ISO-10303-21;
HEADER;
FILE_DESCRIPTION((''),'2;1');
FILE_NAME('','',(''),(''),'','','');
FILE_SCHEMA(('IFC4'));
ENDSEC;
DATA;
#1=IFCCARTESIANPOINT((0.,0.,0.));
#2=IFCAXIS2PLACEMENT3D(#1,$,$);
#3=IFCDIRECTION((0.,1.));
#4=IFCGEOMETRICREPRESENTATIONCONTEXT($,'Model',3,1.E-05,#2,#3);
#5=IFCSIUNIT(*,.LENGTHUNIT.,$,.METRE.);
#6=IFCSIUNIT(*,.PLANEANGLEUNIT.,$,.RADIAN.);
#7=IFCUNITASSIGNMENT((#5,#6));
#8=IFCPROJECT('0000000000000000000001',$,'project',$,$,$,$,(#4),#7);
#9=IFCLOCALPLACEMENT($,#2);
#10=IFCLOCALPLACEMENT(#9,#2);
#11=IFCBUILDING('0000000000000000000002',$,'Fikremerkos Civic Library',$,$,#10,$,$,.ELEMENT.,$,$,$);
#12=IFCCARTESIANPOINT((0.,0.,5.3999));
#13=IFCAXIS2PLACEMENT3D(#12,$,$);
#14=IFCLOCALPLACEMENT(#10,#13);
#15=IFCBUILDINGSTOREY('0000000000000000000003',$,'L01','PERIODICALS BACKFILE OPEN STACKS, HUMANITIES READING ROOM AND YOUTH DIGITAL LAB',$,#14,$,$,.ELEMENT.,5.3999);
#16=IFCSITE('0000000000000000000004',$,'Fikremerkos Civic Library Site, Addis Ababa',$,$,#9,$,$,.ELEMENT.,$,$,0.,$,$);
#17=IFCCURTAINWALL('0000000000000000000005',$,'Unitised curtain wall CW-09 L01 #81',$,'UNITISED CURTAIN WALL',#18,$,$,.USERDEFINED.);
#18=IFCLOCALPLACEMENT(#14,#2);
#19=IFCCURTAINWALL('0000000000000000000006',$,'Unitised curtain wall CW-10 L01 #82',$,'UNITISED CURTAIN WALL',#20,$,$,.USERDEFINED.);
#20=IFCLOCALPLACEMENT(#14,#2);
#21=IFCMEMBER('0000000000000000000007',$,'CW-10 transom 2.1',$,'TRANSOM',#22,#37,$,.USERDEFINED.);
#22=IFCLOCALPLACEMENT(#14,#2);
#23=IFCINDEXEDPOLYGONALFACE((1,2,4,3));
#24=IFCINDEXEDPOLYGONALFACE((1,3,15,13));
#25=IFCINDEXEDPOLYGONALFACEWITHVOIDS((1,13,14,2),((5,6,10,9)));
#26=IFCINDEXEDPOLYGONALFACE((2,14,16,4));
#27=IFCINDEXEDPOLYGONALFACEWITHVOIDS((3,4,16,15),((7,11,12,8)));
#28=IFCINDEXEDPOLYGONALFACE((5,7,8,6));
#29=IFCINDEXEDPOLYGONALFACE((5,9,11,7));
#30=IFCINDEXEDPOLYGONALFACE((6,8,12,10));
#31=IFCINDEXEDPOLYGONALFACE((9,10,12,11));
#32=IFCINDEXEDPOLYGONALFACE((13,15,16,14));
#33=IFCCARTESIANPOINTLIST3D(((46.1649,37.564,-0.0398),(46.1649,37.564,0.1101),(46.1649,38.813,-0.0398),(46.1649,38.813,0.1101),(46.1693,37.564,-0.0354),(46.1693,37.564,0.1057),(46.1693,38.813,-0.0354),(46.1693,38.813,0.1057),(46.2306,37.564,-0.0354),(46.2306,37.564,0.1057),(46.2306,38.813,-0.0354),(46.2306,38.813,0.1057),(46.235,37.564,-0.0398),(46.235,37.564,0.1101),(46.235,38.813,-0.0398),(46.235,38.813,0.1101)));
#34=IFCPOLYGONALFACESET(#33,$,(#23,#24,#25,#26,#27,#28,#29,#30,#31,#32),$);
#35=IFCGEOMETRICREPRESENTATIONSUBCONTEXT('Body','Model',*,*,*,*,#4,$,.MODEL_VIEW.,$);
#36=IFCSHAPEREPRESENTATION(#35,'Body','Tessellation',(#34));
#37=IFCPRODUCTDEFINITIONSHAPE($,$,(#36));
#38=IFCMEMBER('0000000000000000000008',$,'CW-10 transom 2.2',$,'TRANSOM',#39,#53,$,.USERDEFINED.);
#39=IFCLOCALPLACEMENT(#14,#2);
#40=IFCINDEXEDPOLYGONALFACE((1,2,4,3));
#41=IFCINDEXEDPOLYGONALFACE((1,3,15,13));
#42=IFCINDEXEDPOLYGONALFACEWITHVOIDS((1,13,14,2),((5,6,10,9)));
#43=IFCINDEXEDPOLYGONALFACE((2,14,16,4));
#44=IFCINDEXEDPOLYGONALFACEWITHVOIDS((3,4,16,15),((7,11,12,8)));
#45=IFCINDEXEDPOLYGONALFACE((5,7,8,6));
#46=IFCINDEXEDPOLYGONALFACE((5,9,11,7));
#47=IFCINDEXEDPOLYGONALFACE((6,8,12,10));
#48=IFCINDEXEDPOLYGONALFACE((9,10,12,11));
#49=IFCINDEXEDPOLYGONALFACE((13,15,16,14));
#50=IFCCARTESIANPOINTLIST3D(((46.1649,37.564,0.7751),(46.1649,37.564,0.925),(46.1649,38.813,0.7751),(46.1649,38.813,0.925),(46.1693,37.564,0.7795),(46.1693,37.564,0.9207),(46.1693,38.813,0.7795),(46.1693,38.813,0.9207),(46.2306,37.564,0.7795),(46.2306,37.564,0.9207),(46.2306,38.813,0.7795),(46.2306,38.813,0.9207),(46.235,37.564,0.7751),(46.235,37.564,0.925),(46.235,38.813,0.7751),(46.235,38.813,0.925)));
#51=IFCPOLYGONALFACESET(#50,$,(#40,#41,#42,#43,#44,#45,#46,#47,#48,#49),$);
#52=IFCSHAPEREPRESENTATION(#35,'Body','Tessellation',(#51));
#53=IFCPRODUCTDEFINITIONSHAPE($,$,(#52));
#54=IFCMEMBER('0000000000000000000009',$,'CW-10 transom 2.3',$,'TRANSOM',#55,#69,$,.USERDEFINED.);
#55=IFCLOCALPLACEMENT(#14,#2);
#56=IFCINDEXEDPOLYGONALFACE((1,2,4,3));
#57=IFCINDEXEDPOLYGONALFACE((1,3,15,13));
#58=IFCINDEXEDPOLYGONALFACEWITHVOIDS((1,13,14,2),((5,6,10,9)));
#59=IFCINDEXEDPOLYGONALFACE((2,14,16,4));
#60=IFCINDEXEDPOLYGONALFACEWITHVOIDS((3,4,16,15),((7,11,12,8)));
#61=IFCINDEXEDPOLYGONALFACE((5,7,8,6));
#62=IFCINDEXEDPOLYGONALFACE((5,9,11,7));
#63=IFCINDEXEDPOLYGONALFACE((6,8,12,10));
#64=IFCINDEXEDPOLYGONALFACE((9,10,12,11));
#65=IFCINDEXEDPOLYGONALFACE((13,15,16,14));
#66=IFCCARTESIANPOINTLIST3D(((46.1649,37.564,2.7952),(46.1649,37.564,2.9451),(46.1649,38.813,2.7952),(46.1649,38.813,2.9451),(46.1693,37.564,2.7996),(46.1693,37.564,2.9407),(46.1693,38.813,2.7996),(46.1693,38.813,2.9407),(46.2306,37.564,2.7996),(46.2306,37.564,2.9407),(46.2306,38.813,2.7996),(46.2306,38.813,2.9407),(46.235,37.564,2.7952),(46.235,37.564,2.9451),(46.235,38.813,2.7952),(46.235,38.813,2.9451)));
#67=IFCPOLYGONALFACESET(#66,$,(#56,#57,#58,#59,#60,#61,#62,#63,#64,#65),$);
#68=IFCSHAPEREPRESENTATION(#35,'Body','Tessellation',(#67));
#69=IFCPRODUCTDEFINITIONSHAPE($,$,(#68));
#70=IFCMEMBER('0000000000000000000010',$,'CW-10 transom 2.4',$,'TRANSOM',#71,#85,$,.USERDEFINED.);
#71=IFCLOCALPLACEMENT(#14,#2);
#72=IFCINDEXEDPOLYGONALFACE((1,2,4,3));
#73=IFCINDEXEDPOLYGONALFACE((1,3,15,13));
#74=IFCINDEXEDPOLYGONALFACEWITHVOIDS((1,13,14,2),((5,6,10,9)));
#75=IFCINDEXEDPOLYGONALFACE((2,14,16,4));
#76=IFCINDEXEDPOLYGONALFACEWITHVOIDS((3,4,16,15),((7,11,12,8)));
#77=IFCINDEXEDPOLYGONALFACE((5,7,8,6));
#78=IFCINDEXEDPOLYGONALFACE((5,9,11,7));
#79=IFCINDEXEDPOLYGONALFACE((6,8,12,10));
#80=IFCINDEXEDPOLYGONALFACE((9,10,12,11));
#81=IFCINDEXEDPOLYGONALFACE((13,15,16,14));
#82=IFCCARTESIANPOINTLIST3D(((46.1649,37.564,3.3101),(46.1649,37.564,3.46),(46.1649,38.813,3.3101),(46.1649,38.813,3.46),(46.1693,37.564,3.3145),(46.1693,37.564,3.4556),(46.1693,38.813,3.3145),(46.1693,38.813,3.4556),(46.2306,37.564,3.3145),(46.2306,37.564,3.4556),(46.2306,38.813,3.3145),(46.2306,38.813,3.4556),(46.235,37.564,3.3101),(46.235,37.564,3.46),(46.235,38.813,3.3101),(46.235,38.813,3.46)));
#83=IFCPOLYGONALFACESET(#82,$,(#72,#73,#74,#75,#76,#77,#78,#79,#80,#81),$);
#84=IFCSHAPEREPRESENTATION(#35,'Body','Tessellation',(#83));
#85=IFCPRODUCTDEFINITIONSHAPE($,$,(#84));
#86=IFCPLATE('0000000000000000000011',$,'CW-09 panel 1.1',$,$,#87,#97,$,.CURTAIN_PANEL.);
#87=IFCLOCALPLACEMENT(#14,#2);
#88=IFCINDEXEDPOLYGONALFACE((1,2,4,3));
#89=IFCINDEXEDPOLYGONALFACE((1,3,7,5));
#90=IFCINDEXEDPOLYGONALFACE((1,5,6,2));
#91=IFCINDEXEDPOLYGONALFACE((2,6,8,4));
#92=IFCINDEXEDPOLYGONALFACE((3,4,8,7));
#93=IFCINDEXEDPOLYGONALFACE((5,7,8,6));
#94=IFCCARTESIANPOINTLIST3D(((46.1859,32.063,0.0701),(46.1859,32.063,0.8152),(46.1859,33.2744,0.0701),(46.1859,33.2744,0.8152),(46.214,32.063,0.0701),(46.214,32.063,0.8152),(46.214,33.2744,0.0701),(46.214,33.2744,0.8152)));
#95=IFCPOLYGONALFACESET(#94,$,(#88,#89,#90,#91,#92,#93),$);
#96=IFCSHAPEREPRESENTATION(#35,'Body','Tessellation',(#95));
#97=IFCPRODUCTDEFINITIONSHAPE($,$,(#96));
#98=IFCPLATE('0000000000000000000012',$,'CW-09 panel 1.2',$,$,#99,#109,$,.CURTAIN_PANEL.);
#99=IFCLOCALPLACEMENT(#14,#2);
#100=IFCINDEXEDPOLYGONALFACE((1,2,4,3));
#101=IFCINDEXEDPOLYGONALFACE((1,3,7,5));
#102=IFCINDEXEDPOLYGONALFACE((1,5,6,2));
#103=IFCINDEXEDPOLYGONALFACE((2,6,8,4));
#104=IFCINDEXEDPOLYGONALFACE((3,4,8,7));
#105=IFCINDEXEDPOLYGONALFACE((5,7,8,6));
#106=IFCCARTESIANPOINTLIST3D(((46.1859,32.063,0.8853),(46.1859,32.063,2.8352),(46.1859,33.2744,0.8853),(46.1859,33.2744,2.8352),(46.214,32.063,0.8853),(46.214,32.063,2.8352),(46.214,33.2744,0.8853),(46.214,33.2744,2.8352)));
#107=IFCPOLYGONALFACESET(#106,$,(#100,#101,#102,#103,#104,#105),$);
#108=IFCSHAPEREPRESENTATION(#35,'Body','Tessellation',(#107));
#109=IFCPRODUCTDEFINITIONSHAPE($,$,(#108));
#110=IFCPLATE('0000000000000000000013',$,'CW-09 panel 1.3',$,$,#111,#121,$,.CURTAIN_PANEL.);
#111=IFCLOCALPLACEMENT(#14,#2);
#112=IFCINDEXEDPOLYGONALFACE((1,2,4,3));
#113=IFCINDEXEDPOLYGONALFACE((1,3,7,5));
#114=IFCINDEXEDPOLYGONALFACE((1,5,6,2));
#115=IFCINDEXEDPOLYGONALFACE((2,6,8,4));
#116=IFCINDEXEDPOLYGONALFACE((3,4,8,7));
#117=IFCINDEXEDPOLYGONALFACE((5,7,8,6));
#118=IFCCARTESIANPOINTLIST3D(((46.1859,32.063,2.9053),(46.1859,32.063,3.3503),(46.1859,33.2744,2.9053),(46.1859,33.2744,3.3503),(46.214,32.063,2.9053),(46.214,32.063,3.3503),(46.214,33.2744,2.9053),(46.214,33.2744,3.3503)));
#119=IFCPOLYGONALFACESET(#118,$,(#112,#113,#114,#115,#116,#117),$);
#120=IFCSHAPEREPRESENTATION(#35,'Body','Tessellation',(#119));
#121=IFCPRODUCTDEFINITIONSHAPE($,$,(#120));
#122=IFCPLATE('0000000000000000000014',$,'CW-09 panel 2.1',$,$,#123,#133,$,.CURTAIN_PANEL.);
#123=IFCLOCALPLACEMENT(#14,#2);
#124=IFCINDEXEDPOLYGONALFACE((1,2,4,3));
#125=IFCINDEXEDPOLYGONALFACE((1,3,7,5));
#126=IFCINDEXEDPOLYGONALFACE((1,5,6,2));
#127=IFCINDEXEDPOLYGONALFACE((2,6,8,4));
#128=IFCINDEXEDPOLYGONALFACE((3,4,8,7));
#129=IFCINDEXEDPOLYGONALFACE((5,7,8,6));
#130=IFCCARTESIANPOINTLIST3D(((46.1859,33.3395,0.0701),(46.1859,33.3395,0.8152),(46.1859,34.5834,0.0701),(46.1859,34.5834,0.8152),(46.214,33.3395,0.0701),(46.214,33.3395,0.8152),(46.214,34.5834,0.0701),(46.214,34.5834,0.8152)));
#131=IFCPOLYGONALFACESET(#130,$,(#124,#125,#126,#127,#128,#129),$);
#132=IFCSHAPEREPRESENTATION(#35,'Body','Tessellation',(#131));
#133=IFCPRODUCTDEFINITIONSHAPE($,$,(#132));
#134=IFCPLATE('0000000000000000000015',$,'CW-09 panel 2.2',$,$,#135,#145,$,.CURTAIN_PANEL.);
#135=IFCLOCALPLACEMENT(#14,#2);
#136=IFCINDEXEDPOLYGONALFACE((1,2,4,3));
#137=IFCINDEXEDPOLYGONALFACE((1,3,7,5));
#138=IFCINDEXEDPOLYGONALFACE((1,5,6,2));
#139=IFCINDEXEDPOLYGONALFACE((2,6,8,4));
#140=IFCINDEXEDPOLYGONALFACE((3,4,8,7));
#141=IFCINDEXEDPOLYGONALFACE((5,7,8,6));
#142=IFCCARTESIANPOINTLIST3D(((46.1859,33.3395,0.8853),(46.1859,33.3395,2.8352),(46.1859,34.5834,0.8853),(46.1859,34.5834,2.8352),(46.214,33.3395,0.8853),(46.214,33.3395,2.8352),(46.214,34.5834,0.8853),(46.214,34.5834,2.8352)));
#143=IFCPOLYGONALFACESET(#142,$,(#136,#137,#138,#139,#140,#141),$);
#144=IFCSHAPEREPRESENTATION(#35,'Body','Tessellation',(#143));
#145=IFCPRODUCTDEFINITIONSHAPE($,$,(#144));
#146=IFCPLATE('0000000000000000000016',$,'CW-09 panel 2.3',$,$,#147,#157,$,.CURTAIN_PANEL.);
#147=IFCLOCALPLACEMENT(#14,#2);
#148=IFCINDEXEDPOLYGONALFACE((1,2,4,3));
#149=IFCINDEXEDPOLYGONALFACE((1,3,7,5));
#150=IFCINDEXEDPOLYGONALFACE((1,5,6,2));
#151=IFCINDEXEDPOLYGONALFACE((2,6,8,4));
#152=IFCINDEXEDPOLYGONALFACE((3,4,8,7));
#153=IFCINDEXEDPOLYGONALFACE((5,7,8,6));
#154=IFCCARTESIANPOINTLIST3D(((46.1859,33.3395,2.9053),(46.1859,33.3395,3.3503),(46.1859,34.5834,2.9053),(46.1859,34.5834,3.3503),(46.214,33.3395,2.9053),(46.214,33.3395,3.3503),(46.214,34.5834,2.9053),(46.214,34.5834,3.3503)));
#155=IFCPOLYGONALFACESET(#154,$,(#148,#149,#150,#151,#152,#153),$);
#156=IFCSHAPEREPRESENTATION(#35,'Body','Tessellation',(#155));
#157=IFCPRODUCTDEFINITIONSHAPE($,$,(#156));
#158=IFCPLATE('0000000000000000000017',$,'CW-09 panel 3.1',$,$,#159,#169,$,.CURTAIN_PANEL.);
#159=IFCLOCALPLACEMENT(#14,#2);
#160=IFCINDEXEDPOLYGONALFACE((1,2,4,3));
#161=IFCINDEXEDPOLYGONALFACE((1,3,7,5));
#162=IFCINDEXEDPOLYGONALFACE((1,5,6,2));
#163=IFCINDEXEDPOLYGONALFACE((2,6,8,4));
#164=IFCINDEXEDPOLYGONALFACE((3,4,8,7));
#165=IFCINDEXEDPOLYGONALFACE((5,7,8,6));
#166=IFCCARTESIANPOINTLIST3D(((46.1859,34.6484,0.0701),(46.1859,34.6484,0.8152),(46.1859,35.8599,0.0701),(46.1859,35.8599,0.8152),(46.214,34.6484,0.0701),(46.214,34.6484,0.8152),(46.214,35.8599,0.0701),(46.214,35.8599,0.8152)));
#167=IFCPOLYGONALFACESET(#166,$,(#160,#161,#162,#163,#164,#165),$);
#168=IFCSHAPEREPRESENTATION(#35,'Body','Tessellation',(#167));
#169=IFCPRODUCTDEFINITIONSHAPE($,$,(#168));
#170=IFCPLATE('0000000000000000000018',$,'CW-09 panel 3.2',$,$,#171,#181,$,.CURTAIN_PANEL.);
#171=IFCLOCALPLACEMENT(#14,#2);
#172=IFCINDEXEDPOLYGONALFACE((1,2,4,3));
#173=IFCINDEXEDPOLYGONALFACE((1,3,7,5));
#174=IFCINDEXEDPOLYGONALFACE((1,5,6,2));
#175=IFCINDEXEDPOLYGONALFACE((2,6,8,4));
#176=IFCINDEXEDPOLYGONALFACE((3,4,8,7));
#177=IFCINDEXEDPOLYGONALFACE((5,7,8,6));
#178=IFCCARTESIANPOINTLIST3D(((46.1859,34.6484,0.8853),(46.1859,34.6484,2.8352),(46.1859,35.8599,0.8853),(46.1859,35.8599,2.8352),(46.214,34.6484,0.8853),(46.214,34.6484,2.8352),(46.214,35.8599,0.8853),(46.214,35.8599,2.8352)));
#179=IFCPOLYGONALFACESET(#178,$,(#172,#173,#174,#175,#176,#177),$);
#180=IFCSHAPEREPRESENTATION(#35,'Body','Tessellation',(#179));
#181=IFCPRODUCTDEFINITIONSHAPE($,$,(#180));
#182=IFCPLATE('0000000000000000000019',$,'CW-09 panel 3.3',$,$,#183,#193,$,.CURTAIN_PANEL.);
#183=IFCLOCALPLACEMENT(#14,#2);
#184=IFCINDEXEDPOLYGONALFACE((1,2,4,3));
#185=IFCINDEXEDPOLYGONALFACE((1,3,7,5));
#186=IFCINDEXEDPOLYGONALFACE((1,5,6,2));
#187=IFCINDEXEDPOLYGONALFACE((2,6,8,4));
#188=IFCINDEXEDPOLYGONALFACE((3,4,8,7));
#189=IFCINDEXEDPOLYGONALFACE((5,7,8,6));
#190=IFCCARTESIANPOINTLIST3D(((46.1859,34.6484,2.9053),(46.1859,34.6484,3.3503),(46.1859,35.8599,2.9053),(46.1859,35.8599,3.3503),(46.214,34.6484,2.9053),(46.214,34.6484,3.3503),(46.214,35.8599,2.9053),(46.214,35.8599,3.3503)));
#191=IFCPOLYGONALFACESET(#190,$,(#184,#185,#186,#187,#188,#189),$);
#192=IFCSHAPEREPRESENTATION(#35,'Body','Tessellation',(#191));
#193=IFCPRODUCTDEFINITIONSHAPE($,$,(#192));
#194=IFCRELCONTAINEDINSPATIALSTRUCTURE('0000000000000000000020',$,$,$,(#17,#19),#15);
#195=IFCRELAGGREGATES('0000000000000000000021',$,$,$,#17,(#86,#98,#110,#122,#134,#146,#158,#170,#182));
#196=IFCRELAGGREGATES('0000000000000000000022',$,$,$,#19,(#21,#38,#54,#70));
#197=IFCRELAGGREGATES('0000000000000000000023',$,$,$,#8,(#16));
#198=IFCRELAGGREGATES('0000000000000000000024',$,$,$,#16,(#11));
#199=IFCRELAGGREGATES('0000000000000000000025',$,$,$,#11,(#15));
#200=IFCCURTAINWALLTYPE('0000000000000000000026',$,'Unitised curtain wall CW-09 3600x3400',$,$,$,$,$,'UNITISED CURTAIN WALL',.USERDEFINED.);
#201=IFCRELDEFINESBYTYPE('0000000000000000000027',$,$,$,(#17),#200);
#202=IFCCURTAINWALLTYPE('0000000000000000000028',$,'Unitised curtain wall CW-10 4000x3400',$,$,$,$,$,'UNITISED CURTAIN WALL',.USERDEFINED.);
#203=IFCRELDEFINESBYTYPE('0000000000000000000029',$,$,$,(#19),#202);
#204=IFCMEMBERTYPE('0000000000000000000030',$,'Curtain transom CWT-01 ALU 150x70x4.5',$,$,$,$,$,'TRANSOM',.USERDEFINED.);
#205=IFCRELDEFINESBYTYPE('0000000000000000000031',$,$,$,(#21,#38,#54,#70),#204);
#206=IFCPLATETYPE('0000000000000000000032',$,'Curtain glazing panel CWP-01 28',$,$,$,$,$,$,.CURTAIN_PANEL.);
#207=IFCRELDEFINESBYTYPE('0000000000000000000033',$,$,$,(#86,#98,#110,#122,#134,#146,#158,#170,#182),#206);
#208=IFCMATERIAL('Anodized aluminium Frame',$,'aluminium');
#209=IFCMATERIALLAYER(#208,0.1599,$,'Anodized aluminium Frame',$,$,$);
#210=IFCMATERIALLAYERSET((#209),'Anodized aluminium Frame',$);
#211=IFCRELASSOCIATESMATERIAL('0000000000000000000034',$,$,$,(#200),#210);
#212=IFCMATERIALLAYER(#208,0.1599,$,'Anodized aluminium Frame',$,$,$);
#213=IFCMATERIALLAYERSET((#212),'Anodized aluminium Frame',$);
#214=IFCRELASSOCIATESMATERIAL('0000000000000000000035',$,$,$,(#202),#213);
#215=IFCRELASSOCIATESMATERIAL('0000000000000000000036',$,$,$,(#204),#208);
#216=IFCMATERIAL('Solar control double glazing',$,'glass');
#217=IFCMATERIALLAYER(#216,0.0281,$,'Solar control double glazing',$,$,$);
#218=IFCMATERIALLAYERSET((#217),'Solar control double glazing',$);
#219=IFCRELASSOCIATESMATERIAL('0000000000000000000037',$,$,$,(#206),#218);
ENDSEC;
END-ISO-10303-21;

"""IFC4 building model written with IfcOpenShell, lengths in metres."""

from ifc_helpers import new_model, si_unit, direction, frame, origin, origin_2d, place, context, subcontext, project, spatial, rectangle, hollow_rectangle, extrude, material, layer, layer_set, material_profile, profile_set, type_object, element, aggregate, save


model = new_model("IFC4")

# Units and contexts
model_context = context("Model", 3, precision=1e-05, world=origin(), true_north=direction((0.0, 1.0)))
body_context = subcontext(model_context, "Body", "Model", "MODEL_VIEW")
ifc_project = project(units=[si_unit("LENGTHUNIT", "METRE"), si_unit("PLANEANGLEUNIT", "RADIAN")], contexts=[model_context])

# Site, building, storey
site_placement = place(None, origin())
site = spatial("IfcSite", under=ifc_project, at=site_placement, Name="Fikremerkos Civic Library Site, Addis Ababa", CompositionType="ELEMENT", RefElevation=0.0)
building_placement = place(site_placement, origin())
building = spatial("IfcBuilding", under=site, at=building_placement, Name="Fikremerkos Civic Library", CompositionType="ELEMENT")
storey_placement = place(building_placement, frame((0.0, 0.0, 5.3999)))
storey = spatial("IfcBuildingStorey", under=building, at=storey_placement, Name="L01", Description="PERIODICALS BACKFILE OPEN STACKS, HUMANITIES READING ROOM AND YOUTH DIGITAL LAB", CompositionType="ELEMENT", Elevation=5.3999)

# Curtain walls
ifc_material_1 = material(Name="Anodized aluminium Frame", Category="aluminium")
ifc_layer_1 = layer(ifc_material_1, 0.1599, Name="Anodized aluminium Frame")
ifc_layer_set_1 = layer_set([ifc_layer_1], Name="Anodized aluminium Frame")
curtain_wall_type_1 = type_object("IfcCurtainWallType", Name="Unitised curtain wall CW-09 3600x3400", ElementType="UNITISED CURTAIN WALL", PredefinedType="USERDEFINED", material=ifc_layer_set_1)
curtain_wall_1_placement = place(storey_placement, origin())
curtain_wall_1 = element("IfcCurtainWall", 1, at=curtain_wall_1_placement, inside=storey, type_object=curtain_wall_type_1, Name="Unitised curtain wall CW-09 L01 #81", ObjectType="UNITISED CURTAIN WALL", PredefinedType="USERDEFINED")
ifc_layer_2 = layer(ifc_material_1, 0.1599, Name="Anodized aluminium Frame")
ifc_layer_set_2 = layer_set([ifc_layer_2], Name="Anodized aluminium Frame")
curtain_wall_type_2 = type_object("IfcCurtainWallType", Name="Unitised curtain wall CW-10 4000x3400", ElementType="UNITISED CURTAIN WALL", PredefinedType="USERDEFINED", material=ifc_layer_set_2)
curtain_wall_2_placement = place(storey_placement, origin())
curtain_wall_2 = element("IfcCurtainWall", 2, at=curtain_wall_2_placement, inside=storey, type_object=curtain_wall_type_2, Name="Unitised curtain wall CW-10 L01 #82", ObjectType="UNITISED CURTAIN WALL", PredefinedType="USERDEFINED")

# Members
ifc_material_profile_1 = material_profile(ifc_material_1, hollow_rectangle(XDim=0.0701, YDim=0.1499, WallThickness=0.0044, at=origin_2d()), Name="ALU 150x70x4.5")
ifc_profile_set_1 = profile_set([ifc_material_profile_1], Name="Anodized aluminium Frame")
member_type_1 = type_object("IfcMemberType", Name="Curtain transom CWT-01 ALU 150x70x4.5", ElementType="TRANSOM", PredefinedType="USERDEFINED", material=ifc_profile_set_1)
member_1_placement = place(storey_placement, frame((46.2, 37.564, 0.0352), z_axis=(0.0, 1.0, 0.0), x_axis=(-1.0, 0.0, 0.0)))
member_1 = element("IfcMember", 3, at=member_1_placement, type_object=member_type_1, Name="CW-10 transom 2.1", ObjectType="TRANSOM", PredefinedType="USERDEFINED", context=body_context, shape_type="SweptSolid", body=[
    extrude(hollow_rectangle(XDim=0.0701, YDim=0.1499, WallThickness=0.0044, at=origin_2d()), origin(), (0.0, 0.0, 1.0), 1.249),
])
member_2_placement = place(storey_placement, frame((46.2, 37.564, 0.8501), z_axis=(0.0, 1.0, 0.0), x_axis=(-1.0, 0.0, 0.0)))
member_2 = element("IfcMember", 4, at=member_2_placement, type_object=member_type_1, Name="CW-10 transom 2.2", ObjectType="TRANSOM", PredefinedType="USERDEFINED", context=body_context, shape_type="SweptSolid", body=[
    extrude(hollow_rectangle(XDim=0.0701, YDim=0.1499, WallThickness=0.0044, at=origin_2d()), origin(), (0.0, 0.0, 1.0), 1.249),
])
member_3_placement = place(storey_placement, frame((46.2, 37.564, 2.8701), z_axis=(0.0, 1.0, 0.0), x_axis=(-1.0, 0.0, 0.0)))
member_3 = element("IfcMember", 5, at=member_3_placement, type_object=member_type_1, Name="CW-10 transom 2.3", ObjectType="TRANSOM", PredefinedType="USERDEFINED", context=body_context, shape_type="SweptSolid", body=[
    extrude(hollow_rectangle(XDim=0.0701, YDim=0.1499, WallThickness=0.0044, at=origin_2d()), origin(), (0.0, 0.0, 1.0), 1.249),
])
member_4_placement = place(storey_placement, frame((46.2, 37.564, 3.385), z_axis=(0.0, 1.0, 0.0), x_axis=(-1.0, 0.0, 0.0)))
member_4 = element("IfcMember", 6, at=member_4_placement, type_object=member_type_1, Name="CW-10 transom 2.4", ObjectType="TRANSOM", PredefinedType="USERDEFINED", context=body_context, shape_type="SweptSolid", body=[
    extrude(hollow_rectangle(XDim=0.0701, YDim=0.1499, WallThickness=0.0044, at=origin_2d()), origin(), (0.0, 0.0, 1.0), 1.249),
])

# Plates
ifc_material_2 = material(Name="Solar control double glazing", Category="glass")
ifc_layer_3 = layer(ifc_material_2, 0.0281, Name="Solar control double glazing")
ifc_layer_set_3 = layer_set([ifc_layer_3], Name="Solar control double glazing")
plate_type_1 = type_object("IfcPlateType", Name="Curtain glazing panel CWP-01 28", PredefinedType="CURTAIN_PANEL", material=ifc_layer_set_3)
plate_1_placement = place(storey_placement, frame((46.2, 32.6687, 0.0701), z_axis=(0.0, 0.0, 1.0), x_axis=(0.0, 1.0, 0.0)))
plate_1 = element("IfcPlate", 7, at=plate_1_placement, type_object=plate_type_1, Name="CW-09 panel 1.1", PredefinedType="CURTAIN_PANEL", context=body_context, shape_type="SweptSolid", body=[
    extrude(rectangle(XDim=1.2114, YDim=0.0281, at=origin_2d()), origin(), (0.0, 0.0, 1.0), 0.7451),
])
plate_2_placement = place(storey_placement, frame((46.2, 32.6687, 0.8853), z_axis=(0.0, 0.0, 1.0), x_axis=(0.0, 1.0, 0.0)))
plate_2 = element("IfcPlate", 8, at=plate_2_placement, type_object=plate_type_1, Name="CW-09 panel 1.2", PredefinedType="CURTAIN_PANEL", context=body_context, shape_type="SweptSolid", body=[
    extrude(rectangle(XDim=1.2114, YDim=0.0281, at=origin_2d()), origin(), (0.0, 0.0, 1.0), 1.95),
])
plate_3_placement = place(storey_placement, frame((46.2, 32.6687, 2.9053), z_axis=(0.0, 0.0, 1.0), x_axis=(0.0, 1.0, 0.0)))
plate_3 = element("IfcPlate", 9, at=plate_3_placement, type_object=plate_type_1, Name="CW-09 panel 1.3", PredefinedType="CURTAIN_PANEL", context=body_context, shape_type="SweptSolid", body=[
    extrude(rectangle(XDim=1.2114, YDim=0.0281, at=origin_2d()), origin(), (0.0, 0.0, 1.0), 0.4451),
])
plate_4_placement = place(storey_placement, frame((46.2, 33.9614, 0.0701), z_axis=(0.0, 0.0, 1.0), x_axis=(0.0, 1.0, 0.0)))
plate_4 = element("IfcPlate", 10, at=plate_4_placement, type_object=plate_type_1, Name="CW-09 panel 2.1", PredefinedType="CURTAIN_PANEL", context=body_context, shape_type="SweptSolid", body=[
    extrude(rectangle(XDim=1.2439, YDim=0.0281, at=origin_2d()), origin(), (0.0, 0.0, 1.0), 0.7451),
])
plate_5_placement = place(storey_placement, frame((46.2, 33.9614, 0.8853), z_axis=(0.0, 0.0, 1.0), x_axis=(0.0, 1.0, 0.0)))
plate_5 = element("IfcPlate", 11, at=plate_5_placement, type_object=plate_type_1, Name="CW-09 panel 2.2", PredefinedType="CURTAIN_PANEL", context=body_context, shape_type="SweptSolid", body=[
    extrude(rectangle(XDim=1.2439, YDim=0.0281, at=origin_2d()), origin(), (0.0, 0.0, 1.0), 1.95),
])
plate_6_placement = place(storey_placement, frame((46.2, 33.9614, 2.9053), z_axis=(0.0, 0.0, 1.0), x_axis=(0.0, 1.0, 0.0)))
plate_6 = element("IfcPlate", 12, at=plate_6_placement, type_object=plate_type_1, Name="CW-09 panel 2.3", PredefinedType="CURTAIN_PANEL", context=body_context, shape_type="SweptSolid", body=[
    extrude(rectangle(XDim=1.2439, YDim=0.0281, at=origin_2d()), origin(), (0.0, 0.0, 1.0), 0.4451),
])
plate_7_placement = place(storey_placement, frame((46.2, 35.2542, 0.0701), z_axis=(0.0, 0.0, 1.0), x_axis=(0.0, 1.0, 0.0)))
plate_7 = element("IfcPlate", 13, at=plate_7_placement, type_object=plate_type_1, Name="CW-09 panel 3.1", PredefinedType="CURTAIN_PANEL", context=body_context, shape_type="SweptSolid", body=[
    extrude(rectangle(XDim=1.2114, YDim=0.0281, at=origin_2d()), origin(), (0.0, 0.0, 1.0), 0.7451),
])
plate_8_placement = place(storey_placement, frame((46.2, 35.2542, 0.8853), z_axis=(0.0, 0.0, 1.0), x_axis=(0.0, 1.0, 0.0)))
plate_8 = element("IfcPlate", 14, at=plate_8_placement, type_object=plate_type_1, Name="CW-09 panel 3.2", PredefinedType="CURTAIN_PANEL", context=body_context, shape_type="SweptSolid", body=[
    extrude(rectangle(XDim=1.2114, YDim=0.0281, at=origin_2d()), origin(), (0.0, 0.0, 1.0), 1.95),
])
plate_9_placement = place(storey_placement, frame((46.2, 35.2542, 2.9053), z_axis=(0.0, 0.0, 1.0), x_axis=(0.0, 1.0, 0.0)))
plate_9 = element("IfcPlate", 15, at=plate_9_placement, type_object=plate_type_1, Name="CW-09 panel 3.3", PredefinedType="CURTAIN_PANEL", context=body_context, shape_type="SweptSolid", body=[
    extrude(rectangle(XDim=1.2114, YDim=0.0281, at=origin_2d()), origin(), (0.0, 0.0, 1.0), 0.4451),
])
aggregate(curtain_wall_1, [plate_1, plate_2, plate_3, plate_4, plate_5, plate_6, plate_7, plate_8, plate_9])
aggregate(curtain_wall_2, [member_1, member_2, member_3, member_4])

save(model, "model.ifc")
